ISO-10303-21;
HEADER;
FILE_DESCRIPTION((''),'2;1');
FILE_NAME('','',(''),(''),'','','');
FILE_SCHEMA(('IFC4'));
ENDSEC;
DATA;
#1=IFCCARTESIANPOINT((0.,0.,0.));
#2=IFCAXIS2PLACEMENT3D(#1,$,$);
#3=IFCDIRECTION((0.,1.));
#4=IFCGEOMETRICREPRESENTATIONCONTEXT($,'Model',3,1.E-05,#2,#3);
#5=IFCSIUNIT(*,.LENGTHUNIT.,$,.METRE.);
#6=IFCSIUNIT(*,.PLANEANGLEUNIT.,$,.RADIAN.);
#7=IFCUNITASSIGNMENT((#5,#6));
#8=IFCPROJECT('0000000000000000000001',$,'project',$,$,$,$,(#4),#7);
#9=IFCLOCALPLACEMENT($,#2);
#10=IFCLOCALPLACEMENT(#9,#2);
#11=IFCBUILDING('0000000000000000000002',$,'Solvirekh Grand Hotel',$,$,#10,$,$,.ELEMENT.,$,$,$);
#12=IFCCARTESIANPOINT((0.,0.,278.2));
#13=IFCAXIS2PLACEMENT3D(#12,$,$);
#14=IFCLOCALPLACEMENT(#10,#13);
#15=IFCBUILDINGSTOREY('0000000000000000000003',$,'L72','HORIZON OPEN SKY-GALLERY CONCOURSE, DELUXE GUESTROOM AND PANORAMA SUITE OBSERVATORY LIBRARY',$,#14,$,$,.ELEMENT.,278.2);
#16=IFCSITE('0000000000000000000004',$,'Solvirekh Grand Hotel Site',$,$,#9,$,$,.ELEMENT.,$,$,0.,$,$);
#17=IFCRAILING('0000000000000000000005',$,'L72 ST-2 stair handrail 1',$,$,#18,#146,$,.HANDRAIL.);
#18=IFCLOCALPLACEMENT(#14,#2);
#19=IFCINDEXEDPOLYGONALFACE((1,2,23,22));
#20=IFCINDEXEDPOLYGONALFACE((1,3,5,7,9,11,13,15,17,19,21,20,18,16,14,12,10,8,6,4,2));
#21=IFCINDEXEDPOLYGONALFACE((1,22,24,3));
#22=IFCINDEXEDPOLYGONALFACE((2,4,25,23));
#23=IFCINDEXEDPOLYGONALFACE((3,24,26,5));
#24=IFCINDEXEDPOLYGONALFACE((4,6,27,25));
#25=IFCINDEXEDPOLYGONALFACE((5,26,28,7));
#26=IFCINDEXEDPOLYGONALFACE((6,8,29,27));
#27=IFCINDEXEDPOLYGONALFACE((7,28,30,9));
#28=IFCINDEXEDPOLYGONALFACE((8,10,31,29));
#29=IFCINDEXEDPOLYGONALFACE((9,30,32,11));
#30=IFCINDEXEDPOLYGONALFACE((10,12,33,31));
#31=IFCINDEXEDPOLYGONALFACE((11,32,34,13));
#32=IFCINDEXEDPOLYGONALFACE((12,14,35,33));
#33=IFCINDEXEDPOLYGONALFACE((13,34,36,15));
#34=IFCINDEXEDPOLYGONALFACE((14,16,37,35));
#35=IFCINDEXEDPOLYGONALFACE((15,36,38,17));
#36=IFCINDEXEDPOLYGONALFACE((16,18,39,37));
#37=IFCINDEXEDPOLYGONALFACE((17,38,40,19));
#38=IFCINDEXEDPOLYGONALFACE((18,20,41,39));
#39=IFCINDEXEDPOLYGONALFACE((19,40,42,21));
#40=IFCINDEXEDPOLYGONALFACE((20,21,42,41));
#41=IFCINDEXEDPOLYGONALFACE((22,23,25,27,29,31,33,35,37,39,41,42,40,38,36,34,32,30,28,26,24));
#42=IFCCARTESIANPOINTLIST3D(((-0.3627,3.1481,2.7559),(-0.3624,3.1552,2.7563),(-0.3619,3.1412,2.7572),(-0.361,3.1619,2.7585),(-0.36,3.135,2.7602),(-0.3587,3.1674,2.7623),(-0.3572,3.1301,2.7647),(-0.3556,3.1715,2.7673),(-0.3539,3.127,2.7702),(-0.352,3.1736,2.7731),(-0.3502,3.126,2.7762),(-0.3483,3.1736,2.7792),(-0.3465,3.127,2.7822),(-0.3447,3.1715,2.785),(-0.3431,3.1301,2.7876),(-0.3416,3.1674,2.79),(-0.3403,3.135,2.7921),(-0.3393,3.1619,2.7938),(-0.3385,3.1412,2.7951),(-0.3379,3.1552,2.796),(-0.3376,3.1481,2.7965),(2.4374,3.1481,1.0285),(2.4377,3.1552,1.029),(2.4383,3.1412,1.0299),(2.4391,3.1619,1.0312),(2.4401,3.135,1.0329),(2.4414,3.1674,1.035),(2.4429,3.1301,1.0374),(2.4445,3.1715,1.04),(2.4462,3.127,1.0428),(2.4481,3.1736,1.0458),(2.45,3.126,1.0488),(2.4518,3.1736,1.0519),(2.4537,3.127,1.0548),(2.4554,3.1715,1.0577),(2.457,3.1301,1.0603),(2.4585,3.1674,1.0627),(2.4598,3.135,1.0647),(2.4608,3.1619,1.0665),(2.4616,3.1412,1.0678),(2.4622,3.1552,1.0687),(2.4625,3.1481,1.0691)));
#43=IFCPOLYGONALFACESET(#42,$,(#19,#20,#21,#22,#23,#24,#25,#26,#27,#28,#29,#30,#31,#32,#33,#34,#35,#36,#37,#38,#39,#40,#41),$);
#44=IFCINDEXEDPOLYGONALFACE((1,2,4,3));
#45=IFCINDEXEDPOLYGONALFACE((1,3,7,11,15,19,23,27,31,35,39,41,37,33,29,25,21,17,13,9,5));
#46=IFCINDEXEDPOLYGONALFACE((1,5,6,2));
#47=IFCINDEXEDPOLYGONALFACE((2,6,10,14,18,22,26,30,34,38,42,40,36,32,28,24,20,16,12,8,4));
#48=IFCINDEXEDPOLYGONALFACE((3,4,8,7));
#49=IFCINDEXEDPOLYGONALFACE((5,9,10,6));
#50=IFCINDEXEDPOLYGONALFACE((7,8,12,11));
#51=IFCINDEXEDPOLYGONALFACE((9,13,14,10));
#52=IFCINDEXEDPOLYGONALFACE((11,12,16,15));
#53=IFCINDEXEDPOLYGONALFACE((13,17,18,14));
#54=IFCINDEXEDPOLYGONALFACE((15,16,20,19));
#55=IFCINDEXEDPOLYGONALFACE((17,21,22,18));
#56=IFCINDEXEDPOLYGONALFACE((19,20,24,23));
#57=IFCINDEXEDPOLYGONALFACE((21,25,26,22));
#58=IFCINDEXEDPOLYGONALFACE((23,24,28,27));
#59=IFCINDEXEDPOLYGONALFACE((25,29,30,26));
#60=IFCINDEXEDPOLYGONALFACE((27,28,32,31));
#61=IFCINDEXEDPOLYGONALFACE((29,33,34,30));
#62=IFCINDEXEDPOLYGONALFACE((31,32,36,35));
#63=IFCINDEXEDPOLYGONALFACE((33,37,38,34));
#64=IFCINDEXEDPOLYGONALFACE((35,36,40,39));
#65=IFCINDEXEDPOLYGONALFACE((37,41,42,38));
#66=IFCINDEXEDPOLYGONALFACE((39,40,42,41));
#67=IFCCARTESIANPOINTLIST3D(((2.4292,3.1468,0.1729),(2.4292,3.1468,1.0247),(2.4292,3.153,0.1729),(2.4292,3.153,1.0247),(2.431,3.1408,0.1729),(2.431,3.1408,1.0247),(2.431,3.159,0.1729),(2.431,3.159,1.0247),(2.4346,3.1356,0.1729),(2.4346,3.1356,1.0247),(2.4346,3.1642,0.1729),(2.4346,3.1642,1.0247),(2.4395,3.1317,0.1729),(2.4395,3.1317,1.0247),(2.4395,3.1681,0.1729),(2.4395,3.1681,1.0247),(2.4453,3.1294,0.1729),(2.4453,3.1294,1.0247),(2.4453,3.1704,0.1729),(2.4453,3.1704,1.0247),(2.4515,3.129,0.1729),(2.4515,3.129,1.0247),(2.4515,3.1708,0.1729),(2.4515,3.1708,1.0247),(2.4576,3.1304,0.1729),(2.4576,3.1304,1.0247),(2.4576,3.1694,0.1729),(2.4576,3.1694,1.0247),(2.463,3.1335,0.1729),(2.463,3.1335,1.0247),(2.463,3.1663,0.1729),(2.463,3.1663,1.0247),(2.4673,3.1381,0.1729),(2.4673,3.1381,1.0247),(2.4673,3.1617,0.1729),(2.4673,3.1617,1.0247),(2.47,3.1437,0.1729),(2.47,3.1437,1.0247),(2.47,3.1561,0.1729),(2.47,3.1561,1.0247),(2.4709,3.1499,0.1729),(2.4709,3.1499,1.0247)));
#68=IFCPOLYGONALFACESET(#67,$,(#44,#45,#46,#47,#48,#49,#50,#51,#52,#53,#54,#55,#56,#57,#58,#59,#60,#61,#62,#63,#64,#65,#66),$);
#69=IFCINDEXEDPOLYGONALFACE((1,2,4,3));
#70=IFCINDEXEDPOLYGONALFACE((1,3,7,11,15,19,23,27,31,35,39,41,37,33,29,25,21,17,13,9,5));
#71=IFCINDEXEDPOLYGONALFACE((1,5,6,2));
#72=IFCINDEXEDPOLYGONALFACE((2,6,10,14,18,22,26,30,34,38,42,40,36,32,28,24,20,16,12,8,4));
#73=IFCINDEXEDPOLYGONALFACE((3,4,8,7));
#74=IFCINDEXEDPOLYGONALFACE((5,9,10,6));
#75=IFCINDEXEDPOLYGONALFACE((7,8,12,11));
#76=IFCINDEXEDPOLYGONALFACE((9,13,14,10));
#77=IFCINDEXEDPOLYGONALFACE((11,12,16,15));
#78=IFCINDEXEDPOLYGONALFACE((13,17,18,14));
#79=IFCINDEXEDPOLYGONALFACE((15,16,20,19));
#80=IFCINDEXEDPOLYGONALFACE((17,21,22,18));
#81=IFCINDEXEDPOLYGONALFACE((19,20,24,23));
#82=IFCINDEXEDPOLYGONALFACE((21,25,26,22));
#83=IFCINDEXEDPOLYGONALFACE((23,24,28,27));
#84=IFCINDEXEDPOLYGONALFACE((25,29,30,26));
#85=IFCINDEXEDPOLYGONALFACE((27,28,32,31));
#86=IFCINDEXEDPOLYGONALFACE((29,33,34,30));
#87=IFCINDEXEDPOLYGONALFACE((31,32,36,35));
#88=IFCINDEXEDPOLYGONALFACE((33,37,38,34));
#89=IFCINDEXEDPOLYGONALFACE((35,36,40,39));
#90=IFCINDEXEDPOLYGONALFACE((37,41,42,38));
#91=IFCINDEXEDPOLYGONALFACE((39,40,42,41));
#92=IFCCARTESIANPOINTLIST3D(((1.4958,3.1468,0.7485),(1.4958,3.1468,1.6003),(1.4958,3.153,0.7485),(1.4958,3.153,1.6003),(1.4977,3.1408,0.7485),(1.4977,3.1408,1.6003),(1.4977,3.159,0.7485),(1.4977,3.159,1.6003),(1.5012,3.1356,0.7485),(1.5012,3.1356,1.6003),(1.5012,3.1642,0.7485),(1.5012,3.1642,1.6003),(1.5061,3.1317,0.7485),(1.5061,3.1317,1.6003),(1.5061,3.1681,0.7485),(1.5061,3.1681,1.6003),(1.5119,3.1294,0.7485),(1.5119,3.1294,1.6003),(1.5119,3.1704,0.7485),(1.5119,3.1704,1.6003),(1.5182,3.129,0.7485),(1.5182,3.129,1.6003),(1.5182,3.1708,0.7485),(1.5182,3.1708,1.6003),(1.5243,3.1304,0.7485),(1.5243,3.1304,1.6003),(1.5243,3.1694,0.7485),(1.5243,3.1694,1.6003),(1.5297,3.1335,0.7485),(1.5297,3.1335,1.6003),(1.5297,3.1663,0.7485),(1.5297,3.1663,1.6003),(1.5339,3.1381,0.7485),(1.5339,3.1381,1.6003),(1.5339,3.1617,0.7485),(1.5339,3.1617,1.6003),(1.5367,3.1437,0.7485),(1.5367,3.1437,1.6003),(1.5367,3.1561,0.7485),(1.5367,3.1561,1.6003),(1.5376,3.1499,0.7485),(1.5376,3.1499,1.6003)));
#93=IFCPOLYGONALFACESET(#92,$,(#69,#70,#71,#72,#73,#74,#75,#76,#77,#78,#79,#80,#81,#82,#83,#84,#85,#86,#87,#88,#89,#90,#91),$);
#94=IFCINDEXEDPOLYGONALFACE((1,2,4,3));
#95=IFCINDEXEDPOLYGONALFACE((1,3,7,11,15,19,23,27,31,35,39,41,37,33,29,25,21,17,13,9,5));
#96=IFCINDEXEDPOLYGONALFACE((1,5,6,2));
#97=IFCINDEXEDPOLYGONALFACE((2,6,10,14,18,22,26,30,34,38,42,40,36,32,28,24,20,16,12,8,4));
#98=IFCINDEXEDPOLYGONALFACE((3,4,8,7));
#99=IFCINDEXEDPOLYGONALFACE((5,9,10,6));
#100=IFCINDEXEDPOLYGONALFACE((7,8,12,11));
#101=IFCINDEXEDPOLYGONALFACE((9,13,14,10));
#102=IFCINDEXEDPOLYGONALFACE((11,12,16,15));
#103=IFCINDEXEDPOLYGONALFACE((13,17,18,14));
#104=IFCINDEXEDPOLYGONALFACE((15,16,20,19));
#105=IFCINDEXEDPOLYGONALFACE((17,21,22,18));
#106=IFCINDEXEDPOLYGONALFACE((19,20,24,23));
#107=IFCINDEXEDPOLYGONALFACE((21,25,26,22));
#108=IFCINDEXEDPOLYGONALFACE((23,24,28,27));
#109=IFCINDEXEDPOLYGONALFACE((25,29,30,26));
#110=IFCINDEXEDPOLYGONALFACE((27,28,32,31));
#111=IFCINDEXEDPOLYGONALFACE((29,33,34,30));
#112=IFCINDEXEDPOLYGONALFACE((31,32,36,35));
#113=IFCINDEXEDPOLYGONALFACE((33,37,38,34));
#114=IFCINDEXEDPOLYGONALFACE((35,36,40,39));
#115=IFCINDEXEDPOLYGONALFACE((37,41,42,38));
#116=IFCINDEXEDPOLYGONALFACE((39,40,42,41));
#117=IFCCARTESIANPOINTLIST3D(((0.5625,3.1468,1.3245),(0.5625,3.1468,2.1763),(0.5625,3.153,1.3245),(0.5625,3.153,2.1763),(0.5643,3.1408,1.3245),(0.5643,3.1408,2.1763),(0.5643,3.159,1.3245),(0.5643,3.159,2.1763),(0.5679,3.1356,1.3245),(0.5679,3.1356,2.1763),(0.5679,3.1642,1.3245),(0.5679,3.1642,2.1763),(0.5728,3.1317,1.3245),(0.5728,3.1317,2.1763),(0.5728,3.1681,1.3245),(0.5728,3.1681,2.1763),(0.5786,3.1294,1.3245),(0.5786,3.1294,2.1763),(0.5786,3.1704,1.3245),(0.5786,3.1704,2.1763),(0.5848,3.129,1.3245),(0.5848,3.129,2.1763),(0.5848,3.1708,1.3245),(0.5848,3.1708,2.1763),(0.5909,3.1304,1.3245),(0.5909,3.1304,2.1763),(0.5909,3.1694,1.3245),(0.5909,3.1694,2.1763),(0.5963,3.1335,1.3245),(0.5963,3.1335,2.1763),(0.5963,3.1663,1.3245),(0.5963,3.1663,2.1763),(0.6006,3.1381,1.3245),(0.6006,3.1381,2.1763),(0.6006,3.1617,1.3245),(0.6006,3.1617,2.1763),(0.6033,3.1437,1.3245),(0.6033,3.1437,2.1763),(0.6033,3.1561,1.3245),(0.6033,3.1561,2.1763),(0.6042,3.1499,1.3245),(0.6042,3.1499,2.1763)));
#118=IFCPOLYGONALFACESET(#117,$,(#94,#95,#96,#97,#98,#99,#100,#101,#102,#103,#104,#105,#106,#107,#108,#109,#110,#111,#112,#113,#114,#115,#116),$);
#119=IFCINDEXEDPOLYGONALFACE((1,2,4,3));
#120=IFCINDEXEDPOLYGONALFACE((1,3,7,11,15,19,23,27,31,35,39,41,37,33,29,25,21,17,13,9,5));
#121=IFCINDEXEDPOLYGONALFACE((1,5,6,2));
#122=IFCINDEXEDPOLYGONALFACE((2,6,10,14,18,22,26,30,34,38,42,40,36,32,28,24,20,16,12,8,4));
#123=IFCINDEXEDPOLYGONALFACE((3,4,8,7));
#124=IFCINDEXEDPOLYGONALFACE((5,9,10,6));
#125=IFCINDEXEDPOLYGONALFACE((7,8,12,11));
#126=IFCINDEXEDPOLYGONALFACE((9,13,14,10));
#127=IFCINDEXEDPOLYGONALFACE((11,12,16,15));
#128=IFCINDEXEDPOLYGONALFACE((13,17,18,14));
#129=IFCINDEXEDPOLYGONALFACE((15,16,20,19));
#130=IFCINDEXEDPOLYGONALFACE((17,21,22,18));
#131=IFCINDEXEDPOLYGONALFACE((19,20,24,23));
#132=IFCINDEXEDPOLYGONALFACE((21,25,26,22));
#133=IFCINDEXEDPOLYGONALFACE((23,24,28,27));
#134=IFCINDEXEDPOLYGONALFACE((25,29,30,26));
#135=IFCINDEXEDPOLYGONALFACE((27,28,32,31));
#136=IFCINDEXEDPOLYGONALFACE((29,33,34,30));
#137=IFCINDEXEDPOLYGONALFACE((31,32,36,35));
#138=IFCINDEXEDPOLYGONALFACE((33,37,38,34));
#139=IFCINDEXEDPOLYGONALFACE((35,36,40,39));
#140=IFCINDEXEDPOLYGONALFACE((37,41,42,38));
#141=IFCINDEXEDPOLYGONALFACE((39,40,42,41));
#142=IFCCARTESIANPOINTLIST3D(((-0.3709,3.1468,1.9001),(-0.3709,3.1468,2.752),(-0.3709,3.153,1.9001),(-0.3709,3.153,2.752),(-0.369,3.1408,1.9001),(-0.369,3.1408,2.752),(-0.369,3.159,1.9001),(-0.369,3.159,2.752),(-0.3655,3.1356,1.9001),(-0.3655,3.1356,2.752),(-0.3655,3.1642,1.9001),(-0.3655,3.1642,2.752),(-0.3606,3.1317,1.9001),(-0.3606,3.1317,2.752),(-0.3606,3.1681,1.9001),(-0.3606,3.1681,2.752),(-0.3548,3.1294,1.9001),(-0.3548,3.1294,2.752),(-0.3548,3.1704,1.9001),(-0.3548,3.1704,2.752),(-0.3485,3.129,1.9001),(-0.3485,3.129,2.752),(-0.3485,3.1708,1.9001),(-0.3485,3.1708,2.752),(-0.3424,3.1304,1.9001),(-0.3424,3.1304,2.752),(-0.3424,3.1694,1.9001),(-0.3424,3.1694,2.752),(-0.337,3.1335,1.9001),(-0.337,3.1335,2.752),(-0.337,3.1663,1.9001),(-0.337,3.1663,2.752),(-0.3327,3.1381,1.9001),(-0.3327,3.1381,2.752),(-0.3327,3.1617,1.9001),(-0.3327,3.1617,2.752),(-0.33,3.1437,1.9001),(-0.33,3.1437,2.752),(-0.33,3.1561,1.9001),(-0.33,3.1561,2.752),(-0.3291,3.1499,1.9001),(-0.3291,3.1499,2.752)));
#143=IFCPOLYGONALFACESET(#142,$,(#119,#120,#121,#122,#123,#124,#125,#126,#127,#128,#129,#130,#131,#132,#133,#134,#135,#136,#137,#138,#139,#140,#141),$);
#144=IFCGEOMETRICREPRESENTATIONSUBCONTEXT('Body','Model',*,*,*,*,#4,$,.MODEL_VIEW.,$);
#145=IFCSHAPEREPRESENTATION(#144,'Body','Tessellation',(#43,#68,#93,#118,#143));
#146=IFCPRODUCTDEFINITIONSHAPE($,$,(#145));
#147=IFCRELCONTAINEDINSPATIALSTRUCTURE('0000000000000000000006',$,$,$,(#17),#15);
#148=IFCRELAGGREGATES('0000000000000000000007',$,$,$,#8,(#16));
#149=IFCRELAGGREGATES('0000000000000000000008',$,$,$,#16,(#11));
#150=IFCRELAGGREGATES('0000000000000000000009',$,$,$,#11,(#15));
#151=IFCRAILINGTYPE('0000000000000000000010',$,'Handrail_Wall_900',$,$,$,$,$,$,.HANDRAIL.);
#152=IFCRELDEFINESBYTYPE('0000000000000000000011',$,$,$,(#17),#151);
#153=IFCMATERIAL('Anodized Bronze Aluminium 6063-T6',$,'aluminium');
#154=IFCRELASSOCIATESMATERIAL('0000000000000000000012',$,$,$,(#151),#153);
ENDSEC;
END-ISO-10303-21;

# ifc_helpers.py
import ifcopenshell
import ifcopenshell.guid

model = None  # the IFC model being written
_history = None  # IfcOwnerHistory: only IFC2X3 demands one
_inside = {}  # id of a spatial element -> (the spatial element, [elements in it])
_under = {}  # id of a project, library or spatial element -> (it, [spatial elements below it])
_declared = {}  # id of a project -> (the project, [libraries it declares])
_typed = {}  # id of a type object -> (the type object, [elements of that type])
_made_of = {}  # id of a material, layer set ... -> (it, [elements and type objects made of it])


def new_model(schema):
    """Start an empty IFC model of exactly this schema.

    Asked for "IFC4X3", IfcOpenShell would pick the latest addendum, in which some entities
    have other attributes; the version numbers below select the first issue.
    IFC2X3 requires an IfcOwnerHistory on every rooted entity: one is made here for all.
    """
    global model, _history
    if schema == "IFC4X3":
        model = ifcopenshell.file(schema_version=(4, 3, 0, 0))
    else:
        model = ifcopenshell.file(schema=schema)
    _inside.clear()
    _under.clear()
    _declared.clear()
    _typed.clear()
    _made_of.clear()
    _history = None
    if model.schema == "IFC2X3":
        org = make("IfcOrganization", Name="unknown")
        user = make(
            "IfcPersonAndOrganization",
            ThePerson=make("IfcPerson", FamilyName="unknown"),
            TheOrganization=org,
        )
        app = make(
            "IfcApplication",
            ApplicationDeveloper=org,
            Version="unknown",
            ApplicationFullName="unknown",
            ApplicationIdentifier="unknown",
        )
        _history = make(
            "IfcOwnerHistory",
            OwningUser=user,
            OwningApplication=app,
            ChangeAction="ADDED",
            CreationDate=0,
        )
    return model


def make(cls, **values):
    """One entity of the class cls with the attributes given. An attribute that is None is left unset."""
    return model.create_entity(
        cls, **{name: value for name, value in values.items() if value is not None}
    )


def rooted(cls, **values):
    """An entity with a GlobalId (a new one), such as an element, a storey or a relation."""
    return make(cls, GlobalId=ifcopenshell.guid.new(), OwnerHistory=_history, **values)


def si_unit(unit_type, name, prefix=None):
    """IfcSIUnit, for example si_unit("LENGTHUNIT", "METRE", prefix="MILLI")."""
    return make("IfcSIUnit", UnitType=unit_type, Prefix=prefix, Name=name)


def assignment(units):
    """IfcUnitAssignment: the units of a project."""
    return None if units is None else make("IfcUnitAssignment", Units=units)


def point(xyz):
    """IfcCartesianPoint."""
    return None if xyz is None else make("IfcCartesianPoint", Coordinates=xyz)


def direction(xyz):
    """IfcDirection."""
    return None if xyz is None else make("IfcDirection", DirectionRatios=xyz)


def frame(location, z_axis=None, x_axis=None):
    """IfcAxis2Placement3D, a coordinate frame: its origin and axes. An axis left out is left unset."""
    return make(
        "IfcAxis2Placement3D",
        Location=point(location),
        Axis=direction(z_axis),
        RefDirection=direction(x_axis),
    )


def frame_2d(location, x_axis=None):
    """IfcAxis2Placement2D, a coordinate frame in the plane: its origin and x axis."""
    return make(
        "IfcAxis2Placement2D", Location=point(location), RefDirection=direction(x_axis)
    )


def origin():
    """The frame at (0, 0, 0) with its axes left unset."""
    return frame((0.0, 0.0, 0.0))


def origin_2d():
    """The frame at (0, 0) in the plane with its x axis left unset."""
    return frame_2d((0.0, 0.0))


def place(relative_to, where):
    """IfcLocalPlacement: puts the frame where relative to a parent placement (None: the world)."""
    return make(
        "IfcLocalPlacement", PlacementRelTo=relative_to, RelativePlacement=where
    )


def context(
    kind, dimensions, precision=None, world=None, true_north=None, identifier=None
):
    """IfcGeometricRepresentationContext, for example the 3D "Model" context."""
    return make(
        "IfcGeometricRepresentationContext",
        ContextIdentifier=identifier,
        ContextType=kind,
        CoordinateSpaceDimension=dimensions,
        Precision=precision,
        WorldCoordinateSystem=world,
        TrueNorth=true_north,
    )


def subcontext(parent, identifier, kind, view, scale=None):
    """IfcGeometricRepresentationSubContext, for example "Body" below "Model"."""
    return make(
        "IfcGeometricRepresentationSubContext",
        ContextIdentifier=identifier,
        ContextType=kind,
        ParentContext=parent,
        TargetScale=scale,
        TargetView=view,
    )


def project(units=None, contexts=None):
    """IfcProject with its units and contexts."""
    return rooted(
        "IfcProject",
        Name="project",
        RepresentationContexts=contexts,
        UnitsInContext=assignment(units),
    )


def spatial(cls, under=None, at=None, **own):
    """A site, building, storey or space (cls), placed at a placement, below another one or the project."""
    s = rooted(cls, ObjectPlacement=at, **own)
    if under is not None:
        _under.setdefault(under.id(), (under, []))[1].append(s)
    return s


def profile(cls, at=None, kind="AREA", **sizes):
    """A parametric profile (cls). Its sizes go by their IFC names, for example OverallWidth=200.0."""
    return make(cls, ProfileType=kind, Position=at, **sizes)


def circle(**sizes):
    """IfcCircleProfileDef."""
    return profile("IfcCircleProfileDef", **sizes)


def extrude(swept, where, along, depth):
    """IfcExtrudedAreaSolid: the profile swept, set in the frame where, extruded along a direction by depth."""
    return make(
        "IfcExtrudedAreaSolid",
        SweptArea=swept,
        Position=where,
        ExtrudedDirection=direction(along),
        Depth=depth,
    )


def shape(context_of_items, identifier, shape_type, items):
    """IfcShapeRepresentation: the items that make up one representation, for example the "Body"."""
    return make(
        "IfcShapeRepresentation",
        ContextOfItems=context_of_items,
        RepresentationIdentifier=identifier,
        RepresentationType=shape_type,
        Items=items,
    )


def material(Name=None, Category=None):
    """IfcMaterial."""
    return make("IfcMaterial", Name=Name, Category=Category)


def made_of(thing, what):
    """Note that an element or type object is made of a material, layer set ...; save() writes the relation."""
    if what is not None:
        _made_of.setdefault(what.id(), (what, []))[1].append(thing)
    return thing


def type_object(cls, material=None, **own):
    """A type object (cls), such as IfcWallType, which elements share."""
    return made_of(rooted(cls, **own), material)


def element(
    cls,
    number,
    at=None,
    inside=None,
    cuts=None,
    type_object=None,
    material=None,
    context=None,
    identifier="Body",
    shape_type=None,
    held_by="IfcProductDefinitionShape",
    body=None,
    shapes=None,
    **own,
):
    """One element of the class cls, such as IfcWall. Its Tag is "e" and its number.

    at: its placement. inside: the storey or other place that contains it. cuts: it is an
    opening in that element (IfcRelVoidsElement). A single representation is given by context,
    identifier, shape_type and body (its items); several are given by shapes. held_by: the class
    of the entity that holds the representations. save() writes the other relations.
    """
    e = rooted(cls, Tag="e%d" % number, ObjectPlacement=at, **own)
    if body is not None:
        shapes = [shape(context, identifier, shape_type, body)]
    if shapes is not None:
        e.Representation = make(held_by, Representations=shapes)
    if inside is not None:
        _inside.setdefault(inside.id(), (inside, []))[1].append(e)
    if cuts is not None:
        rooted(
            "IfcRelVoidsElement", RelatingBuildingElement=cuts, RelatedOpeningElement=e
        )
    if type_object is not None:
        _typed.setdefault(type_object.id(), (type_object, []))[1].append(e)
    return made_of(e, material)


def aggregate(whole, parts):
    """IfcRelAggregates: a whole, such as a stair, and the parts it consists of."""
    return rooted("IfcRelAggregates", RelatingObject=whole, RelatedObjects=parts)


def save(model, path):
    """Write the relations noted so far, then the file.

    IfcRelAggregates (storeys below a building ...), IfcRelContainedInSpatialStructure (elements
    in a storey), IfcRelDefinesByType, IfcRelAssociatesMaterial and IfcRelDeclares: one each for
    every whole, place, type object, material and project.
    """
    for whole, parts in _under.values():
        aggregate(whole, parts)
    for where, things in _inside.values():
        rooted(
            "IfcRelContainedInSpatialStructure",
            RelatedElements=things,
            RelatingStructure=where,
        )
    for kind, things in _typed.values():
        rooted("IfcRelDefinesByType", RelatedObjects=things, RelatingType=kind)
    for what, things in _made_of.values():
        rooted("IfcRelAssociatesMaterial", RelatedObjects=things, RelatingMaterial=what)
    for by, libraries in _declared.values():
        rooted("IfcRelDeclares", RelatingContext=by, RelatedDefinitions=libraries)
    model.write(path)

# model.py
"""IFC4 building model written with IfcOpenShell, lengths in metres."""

from ifc_helpers import new_model, si_unit, direction, frame, origin, origin_2d, place, context, subcontext, project, spatial, circle, extrude, material, type_object, element, save


model = new_model("IFC4")

# Units and contexts
model_context = context("Model", 3, precision=1e-05, world=origin(), true_north=direction((0.0, 1.0)))
body_context = subcontext(model_context, "Body", "Model", "MODEL_VIEW")
ifc_project = project(units=[si_unit("LENGTHUNIT", "METRE"), si_unit("PLANEANGLEUNIT", "RADIAN")], contexts=[model_context])

# Site, building, storey
site_placement = place(None, origin())
site = spatial("IfcSite", under=ifc_project, at=site_placement, Name="Solvirekh Grand Hotel Site", CompositionType="ELEMENT", RefElevation=0.0)
building_placement = place(site_placement, origin())
building = spatial("IfcBuilding", under=site, at=building_placement, Name="Solvirekh Grand Hotel", CompositionType="ELEMENT")
storey_placement = place(building_placement, frame((0.0, 0.0, 278.2)))
storey = spatial("IfcBuildingStorey", under=building, at=storey_placement, Name="L72", Description="HORIZON OPEN SKY-GALLERY CONCOURSE, DELUXE GUESTROOM AND PANORAMA SUITE OBSERVATORY LIBRARY", CompositionType="ELEMENT", Elevation=278.2)

# Shared definitions
ifc_material_1 = material(Name="Anodized Bronze Aluminium 6063-T6", Category="aluminium")

# Railing
railing_type_1 = type_object("IfcRailingType", Name="Handrail_Wall_900", PredefinedType="HANDRAIL", material=ifc_material_1)
railing_1_placement = place(storey_placement, frame((2.45, 3.1499, 0.1729)))
element("IfcRailing", 1, at=railing_1_placement, inside=storey, type_object=railing_type_1, Name="L72 ST-2 stair handrail 1", PredefinedType="HANDRAIL", context=body_context, shape_type="SweptSolid", body=[
    extrude(circle(Radius=0.0239, at=origin_2d()), frame((0.0, 0.0, 0.876), z_axis=(-0.85109, 0.0, 0.52502), x_axis=(0.0, -1.0, 0.0)), (0.0, 0.0, 1.0), 3.29),
    extrude(circle(Radius=0.021, at=origin_2d()), origin(), (0.0, 0.0, 1.0), 0.8518),
    extrude(circle(Radius=0.021, at=origin_2d()), frame((-0.9333, 0.0, 0.5757)), (0.0, 0.0, 1.0), 0.8518),
    extrude(circle(Radius=0.021, at=origin_2d()), frame((-1.8667, 0.0, 1.1516)), (0.0, 0.0, 1.0), 0.8518),
    extrude(circle(Radius=0.021, at=origin_2d()), frame((-2.8, 0.0, 1.7273)), (0.0, 0.0, 1.0), 0.8518),
])

save(model, "model.ifc")
